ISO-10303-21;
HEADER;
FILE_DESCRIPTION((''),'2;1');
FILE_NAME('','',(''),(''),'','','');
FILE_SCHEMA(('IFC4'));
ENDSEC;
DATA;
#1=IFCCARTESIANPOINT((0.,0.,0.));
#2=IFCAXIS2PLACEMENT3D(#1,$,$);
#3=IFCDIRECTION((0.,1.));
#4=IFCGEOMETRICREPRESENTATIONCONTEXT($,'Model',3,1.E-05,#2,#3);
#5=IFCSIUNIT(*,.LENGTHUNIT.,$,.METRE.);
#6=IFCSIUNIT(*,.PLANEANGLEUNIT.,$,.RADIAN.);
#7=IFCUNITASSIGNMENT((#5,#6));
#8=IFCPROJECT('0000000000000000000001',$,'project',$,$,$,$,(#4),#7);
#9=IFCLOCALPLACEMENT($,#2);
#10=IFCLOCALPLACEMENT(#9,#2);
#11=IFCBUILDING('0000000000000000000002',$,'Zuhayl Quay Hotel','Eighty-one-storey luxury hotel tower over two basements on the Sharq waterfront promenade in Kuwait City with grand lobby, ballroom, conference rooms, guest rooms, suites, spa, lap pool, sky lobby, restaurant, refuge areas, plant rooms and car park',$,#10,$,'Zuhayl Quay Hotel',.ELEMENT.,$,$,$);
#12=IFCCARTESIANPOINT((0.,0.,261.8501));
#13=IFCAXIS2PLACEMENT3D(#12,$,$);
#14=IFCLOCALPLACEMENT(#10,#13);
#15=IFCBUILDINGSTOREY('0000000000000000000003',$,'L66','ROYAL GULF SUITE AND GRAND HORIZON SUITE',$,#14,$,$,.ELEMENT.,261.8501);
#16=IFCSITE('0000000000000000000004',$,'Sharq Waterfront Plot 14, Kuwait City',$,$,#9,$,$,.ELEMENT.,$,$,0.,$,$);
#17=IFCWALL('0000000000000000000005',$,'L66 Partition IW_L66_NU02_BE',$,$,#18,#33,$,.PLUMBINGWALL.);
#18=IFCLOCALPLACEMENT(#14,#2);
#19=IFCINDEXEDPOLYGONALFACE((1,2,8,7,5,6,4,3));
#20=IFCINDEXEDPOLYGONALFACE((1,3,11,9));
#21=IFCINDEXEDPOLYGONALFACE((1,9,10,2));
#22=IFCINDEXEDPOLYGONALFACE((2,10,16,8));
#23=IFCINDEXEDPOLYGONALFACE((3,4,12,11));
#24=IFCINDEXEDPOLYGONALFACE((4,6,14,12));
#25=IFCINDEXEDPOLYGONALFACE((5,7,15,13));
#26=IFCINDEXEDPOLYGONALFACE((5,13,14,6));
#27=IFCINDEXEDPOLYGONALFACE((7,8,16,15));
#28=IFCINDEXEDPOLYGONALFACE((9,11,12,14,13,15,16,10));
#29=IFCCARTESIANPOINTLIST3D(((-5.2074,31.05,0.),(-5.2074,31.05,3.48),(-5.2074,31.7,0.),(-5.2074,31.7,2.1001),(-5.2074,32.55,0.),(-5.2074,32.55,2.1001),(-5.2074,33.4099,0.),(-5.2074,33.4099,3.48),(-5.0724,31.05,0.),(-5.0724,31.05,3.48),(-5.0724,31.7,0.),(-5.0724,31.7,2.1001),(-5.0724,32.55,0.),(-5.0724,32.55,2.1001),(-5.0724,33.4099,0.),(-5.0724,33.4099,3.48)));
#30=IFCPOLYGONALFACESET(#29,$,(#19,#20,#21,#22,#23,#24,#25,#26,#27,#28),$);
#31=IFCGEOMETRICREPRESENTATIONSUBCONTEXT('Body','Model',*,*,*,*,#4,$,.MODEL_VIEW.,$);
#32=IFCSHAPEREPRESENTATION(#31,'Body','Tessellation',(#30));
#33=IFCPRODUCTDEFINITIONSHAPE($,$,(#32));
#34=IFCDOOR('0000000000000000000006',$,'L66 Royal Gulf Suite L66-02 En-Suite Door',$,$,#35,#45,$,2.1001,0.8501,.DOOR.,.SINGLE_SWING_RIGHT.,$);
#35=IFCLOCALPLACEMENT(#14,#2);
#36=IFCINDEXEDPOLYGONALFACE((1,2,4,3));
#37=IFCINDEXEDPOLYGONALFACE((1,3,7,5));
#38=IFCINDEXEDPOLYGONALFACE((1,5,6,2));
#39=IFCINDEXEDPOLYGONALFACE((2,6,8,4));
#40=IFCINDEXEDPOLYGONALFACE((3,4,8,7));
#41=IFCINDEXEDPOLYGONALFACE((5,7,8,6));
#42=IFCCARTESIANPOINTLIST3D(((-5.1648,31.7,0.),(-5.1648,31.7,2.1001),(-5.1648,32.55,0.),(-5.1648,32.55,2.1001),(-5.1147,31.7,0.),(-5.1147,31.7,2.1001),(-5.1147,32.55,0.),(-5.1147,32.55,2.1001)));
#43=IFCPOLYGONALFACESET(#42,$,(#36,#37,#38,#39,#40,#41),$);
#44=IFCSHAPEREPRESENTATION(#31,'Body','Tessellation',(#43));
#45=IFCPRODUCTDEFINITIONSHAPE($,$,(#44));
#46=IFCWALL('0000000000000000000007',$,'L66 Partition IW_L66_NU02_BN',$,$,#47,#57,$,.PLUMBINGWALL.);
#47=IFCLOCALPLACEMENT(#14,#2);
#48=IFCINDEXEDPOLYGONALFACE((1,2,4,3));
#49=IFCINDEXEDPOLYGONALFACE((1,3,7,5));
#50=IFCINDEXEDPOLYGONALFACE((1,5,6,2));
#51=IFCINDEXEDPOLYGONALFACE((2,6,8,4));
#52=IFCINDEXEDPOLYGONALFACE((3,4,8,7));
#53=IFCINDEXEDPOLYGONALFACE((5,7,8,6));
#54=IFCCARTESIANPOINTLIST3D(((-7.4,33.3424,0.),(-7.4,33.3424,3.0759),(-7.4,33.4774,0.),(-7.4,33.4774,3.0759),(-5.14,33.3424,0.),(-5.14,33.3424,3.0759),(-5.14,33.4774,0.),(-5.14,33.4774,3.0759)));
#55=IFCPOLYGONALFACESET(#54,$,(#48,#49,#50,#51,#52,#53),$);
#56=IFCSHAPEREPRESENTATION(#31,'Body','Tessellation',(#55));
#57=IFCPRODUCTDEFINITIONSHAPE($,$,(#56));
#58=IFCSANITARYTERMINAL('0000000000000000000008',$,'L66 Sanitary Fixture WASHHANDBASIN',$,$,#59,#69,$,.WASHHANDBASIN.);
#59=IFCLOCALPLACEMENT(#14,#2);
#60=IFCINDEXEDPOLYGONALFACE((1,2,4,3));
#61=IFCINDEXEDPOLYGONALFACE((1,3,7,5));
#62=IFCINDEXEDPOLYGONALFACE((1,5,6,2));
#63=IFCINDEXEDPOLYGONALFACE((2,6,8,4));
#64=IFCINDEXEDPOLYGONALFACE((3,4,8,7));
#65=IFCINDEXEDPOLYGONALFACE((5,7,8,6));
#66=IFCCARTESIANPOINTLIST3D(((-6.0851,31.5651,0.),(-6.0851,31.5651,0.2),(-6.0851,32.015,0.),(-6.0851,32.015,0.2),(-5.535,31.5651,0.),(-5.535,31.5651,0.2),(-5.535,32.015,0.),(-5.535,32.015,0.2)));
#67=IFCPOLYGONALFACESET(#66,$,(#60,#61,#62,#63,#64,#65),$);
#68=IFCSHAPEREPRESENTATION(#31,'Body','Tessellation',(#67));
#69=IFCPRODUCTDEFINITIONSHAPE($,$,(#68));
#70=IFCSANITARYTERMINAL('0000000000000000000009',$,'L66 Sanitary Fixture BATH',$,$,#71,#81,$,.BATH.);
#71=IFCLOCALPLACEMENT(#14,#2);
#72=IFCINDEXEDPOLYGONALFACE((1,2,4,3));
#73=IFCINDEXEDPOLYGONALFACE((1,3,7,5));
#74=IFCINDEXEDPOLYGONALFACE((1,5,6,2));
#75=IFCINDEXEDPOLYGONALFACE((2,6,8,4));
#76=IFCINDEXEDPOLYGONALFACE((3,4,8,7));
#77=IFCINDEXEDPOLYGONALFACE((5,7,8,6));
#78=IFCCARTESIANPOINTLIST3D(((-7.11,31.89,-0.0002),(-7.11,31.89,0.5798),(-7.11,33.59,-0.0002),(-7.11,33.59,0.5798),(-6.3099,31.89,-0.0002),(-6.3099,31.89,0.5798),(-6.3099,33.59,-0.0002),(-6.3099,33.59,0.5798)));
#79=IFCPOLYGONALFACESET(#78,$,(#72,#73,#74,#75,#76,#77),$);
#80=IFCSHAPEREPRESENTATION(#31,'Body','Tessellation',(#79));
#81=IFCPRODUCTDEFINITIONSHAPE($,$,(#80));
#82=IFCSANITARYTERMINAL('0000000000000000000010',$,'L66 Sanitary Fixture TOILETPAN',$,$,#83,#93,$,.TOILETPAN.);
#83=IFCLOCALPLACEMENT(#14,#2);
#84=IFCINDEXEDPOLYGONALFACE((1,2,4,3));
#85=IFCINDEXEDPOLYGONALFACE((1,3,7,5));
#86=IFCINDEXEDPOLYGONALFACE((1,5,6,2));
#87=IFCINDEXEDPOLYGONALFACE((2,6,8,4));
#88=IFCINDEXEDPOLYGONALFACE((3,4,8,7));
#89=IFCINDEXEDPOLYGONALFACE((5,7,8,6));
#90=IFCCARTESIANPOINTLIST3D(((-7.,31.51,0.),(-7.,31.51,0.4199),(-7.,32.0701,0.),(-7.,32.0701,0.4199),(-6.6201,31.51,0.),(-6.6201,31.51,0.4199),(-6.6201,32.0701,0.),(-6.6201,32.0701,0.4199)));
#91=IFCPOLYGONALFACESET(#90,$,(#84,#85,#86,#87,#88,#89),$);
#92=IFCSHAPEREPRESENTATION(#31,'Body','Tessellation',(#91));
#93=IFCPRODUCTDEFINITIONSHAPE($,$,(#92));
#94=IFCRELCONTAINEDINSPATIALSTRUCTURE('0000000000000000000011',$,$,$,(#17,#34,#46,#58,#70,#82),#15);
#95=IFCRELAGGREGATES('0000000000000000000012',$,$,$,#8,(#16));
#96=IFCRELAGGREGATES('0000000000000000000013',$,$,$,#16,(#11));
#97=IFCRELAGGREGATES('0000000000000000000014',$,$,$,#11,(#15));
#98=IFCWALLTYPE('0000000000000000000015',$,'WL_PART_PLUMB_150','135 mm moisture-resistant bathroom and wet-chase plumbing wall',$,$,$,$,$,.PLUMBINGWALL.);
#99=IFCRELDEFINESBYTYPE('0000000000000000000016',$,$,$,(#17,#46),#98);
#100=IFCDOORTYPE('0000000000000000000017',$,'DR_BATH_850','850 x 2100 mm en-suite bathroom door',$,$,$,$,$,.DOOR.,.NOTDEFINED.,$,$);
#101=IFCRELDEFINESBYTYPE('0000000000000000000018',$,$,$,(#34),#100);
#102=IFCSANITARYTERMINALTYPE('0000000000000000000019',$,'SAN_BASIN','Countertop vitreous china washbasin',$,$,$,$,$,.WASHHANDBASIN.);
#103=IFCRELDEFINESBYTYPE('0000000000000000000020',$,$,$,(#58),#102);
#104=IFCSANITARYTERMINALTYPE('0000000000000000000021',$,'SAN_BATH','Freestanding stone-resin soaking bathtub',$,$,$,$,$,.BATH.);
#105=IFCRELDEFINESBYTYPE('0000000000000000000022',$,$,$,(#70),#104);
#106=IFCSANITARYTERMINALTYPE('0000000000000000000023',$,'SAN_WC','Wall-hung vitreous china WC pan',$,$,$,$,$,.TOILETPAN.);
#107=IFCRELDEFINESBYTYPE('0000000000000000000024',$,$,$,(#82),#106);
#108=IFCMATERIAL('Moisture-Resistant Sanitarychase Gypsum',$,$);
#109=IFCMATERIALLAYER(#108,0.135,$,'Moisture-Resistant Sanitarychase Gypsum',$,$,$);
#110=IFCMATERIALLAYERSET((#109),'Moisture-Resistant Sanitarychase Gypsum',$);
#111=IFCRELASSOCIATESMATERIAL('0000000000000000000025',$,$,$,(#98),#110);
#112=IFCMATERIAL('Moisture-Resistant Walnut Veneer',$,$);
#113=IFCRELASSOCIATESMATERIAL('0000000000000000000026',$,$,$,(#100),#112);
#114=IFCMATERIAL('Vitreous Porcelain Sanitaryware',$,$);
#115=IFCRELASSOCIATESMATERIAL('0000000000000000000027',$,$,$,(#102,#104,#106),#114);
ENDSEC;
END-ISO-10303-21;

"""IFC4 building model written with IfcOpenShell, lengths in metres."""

from ifc_helpers import new_model, si_unit, direction, frame, frame_2d, origin, origin_2d, place, context, subcontext, project, spatial, rectangle, extrude, material, layer, layer_set, type_object, element, fill, save


model = new_model("IFC4")

# Units and contexts
model_context = context("Model", 3, precision=1e-05, world=origin(), true_north=direction((0.0, 1.0)))
body_context = subcontext(model_context, "Body", "Model", "MODEL_VIEW")
ifc_project = project(units=[si_unit("LENGTHUNIT", "METRE"), si_unit("PLANEANGLEUNIT", "RADIAN")], contexts=[model_context])

# Site, building, storey
site_placement = place(None, origin())
site = spatial("IfcSite", under=ifc_project, at=site_placement, Name="Sharq Waterfront Plot 14, Kuwait City", CompositionType="ELEMENT", RefElevation=0.0)
building_placement = place(site_placement, origin())
building = spatial("IfcBuilding", under=site, at=building_placement, Name="Zuhayl Quay Hotel", Description="Eighty-one-storey luxury hotel tower over two basements on the Sharq waterfront promenade in Kuwait City with grand lobby, ballroom, conference rooms, guest rooms, suites, spa, lap pool, sky lobby, restaurant, refuge areas, plant rooms and car park", LongName="Zuhayl Quay Hotel", CompositionType="ELEMENT")
storey_placement = place(building_placement, frame((0.0, 0.0, 261.8501)))
storey = spatial("IfcBuildingStorey", under=building, at=storey_placement, Name="L66", Description="ROYAL GULF SUITE AND GRAND HORIZON SUITE", CompositionType="ELEMENT", Elevation=261.8501)

# Wall, opening, door
ifc_material_1 = material(Name="Moisture-Resistant Sanitarychase Gypsum")
ifc_layer_1 = layer(ifc_material_1, 0.135, Name="Moisture-Resistant Sanitarychase Gypsum")
ifc_layer_set_1 = layer_set([ifc_layer_1], Name="Moisture-Resistant Sanitarychase Gypsum")
wall_type_1 = type_object("IfcWallType", Name="WL_PART_PLUMB_150", Description="135 mm moisture-resistant bathroom and wet-chase plumbing wall", PredefinedType="PLUMBINGWALL", material=ifc_layer_set_1)
wall_1_placement = place(storey_placement, frame((-5.1399, 31.05, 0.0), z_axis=(0.0, 0.0, 1.0), x_axis=(0.0, 1.0, 0.0)))
wall_1 = element("IfcWall", 1, at=wall_1_placement, inside=storey, type_object=wall_type_1, Name="L66 Partition IW_L66_NU02_BE", PredefinedType="PLUMBINGWALL", context=body_context, shape_type="SweptSolid", body=[
    extrude(rectangle(XDim=2.3599, YDim=0.135, at=frame_2d((1.1799, 0.0))), origin(), (0.0, 0.0, 1.0), 3.48),
])
opening_1_placement = place(wall_1_placement, frame((0.6499, 0.0, 0.0)))
opening_1 = element("IfcOpeningElement", 2, at=opening_1_placement, cuts=wall_1, PredefinedType="OPENING", context=body_context, shape_type="SweptSolid", body=[
    extrude(rectangle(XDim=0.8501, YDim=2.1001, at=frame_2d((0.425, 1.05))), frame((0.0, 0.0774, 0.0), z_axis=(0.0, -1.0, 0.0), x_axis=(1.0, 0.0, 0.0)), (0.0, 0.0, 1.0), 0.155),
])
ifc_material_2 = material(Name="Moisture-Resistant Walnut Veneer")
door_type_1 = type_object("IfcDoorType", Name="DR_BATH_850", Description="850 x 2100 mm en-suite bathroom door", OperationType="NOTDEFINED", PredefinedType="DOOR", material=ifc_material_2)
door_1_placement = place(opening_1_placement, origin())
door_1 = element("IfcDoor", 3, at=door_1_placement, inside=storey, type_object=door_type_1, Name="L66 Royal Gulf Suite L66-02 En-Suite Door", OperationType="SINGLE_SWING_RIGHT", OverallHeight=2.1001, OverallWidth=0.8501, PredefinedType="DOOR", context=body_context, shape_type="SweptSolid", body=[
    extrude(rectangle(XDim=0.8501, YDim=2.1001, at=frame_2d((0.425, 1.05))), frame((0.0, 0.0249, 0.0), z_axis=(0.0, -1.0, 0.0), x_axis=(1.0, 0.0, 0.0)), (0.0, 0.0, 1.0), 0.05),
])
fill(opening_1, door_1)

# Wall
wall_2_placement = place(storey_placement, frame((-7.3999, 33.4099, 0.0), z_axis=(0.0, 0.0, 1.0), x_axis=(1.0, 0.0, 0.0)))
element("IfcWall", 4, at=wall_2_placement, inside=storey, type_object=wall_type_1, Name="L66 Partition IW_L66_NU02_BN", PredefinedType="PLUMBINGWALL", context=body_context, shape_type="SweptSolid", body=[
    extrude(rectangle(XDim=2.26, YDim=0.135, at=frame_2d((1.1299, 0.0))), origin(), (0.0, 0.0, 1.0), 3.0759),
])

# Sanitary terminals
ifc_material_3 = material(Name="Vitreous Porcelain Sanitaryware")
sanitary_terminal_type_1 = type_object("IfcSanitaryTerminalType", Name="SAN_BASIN", Description="Countertop vitreous china washbasin", PredefinedType="WASHHANDBASIN", material=ifc_material_3)
sanitary_terminal_1_placement = place(storey_placement, frame((-5.8101, 31.79, 0.0), z_axis=(0.0, 0.0, 1.0), x_axis=(1.0, 0.0, 0.0)))
element("IfcSanitaryTerminal", 5, at=sanitary_terminal_1_placement, inside=storey, type_object=sanitary_terminal_type_1, Name="L66 Sanitary Fixture WASHHANDBASIN", PredefinedType="WASHHANDBASIN", context=body_context, shape_type="SweptSolid", body=[
    extrude(rectangle(XDim=0.55, YDim=0.45, at=origin_2d()), origin(), (0.0, 0.0, 1.0), 0.2),
])
sanitary_terminal_type_2 = type_object("IfcSanitaryTerminalType", Name="SAN_BATH", Description="Freestanding stone-resin soaking bathtub", PredefinedType="BATH", material=ifc_material_3)
sanitary_terminal_2_placement = place(storey_placement, frame((-6.71, 32.74, -0.0002), z_axis=(0.0, 0.0, 1.0), x_axis=(1.0, 0.0, 0.0)))
element("IfcSanitaryTerminal", 6, at=sanitary_terminal_2_placement, inside=storey, type_object=sanitary_terminal_type_2, Name="L66 Sanitary Fixture BATH", PredefinedType="BATH", context=body_context, shape_type="SweptSolid", body=[
    extrude(rectangle(XDim=0.8, YDim=1.7, at=origin_2d()), origin(), (0.0, 0.0, 1.0), 0.5801),
])
sanitary_terminal_type_3 = type_object("IfcSanitaryTerminalType", Name="SAN_WC", Description="Wall-hung vitreous china WC pan", PredefinedType="TOILETPAN", material=ifc_material_3)
sanitary_terminal_3_placement = place(storey_placement, frame((-6.8101, 31.79, 0.0), z_axis=(0.0, 0.0, 1.0), x_axis=(1.0, 0.0, 0.0)))
element("IfcSanitaryTerminal", 7, at=sanitary_terminal_3_placement, inside=storey, type_object=sanitary_terminal_type_3, Name="L66 Sanitary Fixture TOILETPAN", PredefinedType="TOILETPAN", context=body_context, shape_type="SweptSolid", body=[
    extrude(rectangle(XDim=0.3799, YDim=0.5601, at=origin_2d()), origin(), (0.0, 0.0, 1.0), 0.4199),
])

save(model, "model.ifc")
